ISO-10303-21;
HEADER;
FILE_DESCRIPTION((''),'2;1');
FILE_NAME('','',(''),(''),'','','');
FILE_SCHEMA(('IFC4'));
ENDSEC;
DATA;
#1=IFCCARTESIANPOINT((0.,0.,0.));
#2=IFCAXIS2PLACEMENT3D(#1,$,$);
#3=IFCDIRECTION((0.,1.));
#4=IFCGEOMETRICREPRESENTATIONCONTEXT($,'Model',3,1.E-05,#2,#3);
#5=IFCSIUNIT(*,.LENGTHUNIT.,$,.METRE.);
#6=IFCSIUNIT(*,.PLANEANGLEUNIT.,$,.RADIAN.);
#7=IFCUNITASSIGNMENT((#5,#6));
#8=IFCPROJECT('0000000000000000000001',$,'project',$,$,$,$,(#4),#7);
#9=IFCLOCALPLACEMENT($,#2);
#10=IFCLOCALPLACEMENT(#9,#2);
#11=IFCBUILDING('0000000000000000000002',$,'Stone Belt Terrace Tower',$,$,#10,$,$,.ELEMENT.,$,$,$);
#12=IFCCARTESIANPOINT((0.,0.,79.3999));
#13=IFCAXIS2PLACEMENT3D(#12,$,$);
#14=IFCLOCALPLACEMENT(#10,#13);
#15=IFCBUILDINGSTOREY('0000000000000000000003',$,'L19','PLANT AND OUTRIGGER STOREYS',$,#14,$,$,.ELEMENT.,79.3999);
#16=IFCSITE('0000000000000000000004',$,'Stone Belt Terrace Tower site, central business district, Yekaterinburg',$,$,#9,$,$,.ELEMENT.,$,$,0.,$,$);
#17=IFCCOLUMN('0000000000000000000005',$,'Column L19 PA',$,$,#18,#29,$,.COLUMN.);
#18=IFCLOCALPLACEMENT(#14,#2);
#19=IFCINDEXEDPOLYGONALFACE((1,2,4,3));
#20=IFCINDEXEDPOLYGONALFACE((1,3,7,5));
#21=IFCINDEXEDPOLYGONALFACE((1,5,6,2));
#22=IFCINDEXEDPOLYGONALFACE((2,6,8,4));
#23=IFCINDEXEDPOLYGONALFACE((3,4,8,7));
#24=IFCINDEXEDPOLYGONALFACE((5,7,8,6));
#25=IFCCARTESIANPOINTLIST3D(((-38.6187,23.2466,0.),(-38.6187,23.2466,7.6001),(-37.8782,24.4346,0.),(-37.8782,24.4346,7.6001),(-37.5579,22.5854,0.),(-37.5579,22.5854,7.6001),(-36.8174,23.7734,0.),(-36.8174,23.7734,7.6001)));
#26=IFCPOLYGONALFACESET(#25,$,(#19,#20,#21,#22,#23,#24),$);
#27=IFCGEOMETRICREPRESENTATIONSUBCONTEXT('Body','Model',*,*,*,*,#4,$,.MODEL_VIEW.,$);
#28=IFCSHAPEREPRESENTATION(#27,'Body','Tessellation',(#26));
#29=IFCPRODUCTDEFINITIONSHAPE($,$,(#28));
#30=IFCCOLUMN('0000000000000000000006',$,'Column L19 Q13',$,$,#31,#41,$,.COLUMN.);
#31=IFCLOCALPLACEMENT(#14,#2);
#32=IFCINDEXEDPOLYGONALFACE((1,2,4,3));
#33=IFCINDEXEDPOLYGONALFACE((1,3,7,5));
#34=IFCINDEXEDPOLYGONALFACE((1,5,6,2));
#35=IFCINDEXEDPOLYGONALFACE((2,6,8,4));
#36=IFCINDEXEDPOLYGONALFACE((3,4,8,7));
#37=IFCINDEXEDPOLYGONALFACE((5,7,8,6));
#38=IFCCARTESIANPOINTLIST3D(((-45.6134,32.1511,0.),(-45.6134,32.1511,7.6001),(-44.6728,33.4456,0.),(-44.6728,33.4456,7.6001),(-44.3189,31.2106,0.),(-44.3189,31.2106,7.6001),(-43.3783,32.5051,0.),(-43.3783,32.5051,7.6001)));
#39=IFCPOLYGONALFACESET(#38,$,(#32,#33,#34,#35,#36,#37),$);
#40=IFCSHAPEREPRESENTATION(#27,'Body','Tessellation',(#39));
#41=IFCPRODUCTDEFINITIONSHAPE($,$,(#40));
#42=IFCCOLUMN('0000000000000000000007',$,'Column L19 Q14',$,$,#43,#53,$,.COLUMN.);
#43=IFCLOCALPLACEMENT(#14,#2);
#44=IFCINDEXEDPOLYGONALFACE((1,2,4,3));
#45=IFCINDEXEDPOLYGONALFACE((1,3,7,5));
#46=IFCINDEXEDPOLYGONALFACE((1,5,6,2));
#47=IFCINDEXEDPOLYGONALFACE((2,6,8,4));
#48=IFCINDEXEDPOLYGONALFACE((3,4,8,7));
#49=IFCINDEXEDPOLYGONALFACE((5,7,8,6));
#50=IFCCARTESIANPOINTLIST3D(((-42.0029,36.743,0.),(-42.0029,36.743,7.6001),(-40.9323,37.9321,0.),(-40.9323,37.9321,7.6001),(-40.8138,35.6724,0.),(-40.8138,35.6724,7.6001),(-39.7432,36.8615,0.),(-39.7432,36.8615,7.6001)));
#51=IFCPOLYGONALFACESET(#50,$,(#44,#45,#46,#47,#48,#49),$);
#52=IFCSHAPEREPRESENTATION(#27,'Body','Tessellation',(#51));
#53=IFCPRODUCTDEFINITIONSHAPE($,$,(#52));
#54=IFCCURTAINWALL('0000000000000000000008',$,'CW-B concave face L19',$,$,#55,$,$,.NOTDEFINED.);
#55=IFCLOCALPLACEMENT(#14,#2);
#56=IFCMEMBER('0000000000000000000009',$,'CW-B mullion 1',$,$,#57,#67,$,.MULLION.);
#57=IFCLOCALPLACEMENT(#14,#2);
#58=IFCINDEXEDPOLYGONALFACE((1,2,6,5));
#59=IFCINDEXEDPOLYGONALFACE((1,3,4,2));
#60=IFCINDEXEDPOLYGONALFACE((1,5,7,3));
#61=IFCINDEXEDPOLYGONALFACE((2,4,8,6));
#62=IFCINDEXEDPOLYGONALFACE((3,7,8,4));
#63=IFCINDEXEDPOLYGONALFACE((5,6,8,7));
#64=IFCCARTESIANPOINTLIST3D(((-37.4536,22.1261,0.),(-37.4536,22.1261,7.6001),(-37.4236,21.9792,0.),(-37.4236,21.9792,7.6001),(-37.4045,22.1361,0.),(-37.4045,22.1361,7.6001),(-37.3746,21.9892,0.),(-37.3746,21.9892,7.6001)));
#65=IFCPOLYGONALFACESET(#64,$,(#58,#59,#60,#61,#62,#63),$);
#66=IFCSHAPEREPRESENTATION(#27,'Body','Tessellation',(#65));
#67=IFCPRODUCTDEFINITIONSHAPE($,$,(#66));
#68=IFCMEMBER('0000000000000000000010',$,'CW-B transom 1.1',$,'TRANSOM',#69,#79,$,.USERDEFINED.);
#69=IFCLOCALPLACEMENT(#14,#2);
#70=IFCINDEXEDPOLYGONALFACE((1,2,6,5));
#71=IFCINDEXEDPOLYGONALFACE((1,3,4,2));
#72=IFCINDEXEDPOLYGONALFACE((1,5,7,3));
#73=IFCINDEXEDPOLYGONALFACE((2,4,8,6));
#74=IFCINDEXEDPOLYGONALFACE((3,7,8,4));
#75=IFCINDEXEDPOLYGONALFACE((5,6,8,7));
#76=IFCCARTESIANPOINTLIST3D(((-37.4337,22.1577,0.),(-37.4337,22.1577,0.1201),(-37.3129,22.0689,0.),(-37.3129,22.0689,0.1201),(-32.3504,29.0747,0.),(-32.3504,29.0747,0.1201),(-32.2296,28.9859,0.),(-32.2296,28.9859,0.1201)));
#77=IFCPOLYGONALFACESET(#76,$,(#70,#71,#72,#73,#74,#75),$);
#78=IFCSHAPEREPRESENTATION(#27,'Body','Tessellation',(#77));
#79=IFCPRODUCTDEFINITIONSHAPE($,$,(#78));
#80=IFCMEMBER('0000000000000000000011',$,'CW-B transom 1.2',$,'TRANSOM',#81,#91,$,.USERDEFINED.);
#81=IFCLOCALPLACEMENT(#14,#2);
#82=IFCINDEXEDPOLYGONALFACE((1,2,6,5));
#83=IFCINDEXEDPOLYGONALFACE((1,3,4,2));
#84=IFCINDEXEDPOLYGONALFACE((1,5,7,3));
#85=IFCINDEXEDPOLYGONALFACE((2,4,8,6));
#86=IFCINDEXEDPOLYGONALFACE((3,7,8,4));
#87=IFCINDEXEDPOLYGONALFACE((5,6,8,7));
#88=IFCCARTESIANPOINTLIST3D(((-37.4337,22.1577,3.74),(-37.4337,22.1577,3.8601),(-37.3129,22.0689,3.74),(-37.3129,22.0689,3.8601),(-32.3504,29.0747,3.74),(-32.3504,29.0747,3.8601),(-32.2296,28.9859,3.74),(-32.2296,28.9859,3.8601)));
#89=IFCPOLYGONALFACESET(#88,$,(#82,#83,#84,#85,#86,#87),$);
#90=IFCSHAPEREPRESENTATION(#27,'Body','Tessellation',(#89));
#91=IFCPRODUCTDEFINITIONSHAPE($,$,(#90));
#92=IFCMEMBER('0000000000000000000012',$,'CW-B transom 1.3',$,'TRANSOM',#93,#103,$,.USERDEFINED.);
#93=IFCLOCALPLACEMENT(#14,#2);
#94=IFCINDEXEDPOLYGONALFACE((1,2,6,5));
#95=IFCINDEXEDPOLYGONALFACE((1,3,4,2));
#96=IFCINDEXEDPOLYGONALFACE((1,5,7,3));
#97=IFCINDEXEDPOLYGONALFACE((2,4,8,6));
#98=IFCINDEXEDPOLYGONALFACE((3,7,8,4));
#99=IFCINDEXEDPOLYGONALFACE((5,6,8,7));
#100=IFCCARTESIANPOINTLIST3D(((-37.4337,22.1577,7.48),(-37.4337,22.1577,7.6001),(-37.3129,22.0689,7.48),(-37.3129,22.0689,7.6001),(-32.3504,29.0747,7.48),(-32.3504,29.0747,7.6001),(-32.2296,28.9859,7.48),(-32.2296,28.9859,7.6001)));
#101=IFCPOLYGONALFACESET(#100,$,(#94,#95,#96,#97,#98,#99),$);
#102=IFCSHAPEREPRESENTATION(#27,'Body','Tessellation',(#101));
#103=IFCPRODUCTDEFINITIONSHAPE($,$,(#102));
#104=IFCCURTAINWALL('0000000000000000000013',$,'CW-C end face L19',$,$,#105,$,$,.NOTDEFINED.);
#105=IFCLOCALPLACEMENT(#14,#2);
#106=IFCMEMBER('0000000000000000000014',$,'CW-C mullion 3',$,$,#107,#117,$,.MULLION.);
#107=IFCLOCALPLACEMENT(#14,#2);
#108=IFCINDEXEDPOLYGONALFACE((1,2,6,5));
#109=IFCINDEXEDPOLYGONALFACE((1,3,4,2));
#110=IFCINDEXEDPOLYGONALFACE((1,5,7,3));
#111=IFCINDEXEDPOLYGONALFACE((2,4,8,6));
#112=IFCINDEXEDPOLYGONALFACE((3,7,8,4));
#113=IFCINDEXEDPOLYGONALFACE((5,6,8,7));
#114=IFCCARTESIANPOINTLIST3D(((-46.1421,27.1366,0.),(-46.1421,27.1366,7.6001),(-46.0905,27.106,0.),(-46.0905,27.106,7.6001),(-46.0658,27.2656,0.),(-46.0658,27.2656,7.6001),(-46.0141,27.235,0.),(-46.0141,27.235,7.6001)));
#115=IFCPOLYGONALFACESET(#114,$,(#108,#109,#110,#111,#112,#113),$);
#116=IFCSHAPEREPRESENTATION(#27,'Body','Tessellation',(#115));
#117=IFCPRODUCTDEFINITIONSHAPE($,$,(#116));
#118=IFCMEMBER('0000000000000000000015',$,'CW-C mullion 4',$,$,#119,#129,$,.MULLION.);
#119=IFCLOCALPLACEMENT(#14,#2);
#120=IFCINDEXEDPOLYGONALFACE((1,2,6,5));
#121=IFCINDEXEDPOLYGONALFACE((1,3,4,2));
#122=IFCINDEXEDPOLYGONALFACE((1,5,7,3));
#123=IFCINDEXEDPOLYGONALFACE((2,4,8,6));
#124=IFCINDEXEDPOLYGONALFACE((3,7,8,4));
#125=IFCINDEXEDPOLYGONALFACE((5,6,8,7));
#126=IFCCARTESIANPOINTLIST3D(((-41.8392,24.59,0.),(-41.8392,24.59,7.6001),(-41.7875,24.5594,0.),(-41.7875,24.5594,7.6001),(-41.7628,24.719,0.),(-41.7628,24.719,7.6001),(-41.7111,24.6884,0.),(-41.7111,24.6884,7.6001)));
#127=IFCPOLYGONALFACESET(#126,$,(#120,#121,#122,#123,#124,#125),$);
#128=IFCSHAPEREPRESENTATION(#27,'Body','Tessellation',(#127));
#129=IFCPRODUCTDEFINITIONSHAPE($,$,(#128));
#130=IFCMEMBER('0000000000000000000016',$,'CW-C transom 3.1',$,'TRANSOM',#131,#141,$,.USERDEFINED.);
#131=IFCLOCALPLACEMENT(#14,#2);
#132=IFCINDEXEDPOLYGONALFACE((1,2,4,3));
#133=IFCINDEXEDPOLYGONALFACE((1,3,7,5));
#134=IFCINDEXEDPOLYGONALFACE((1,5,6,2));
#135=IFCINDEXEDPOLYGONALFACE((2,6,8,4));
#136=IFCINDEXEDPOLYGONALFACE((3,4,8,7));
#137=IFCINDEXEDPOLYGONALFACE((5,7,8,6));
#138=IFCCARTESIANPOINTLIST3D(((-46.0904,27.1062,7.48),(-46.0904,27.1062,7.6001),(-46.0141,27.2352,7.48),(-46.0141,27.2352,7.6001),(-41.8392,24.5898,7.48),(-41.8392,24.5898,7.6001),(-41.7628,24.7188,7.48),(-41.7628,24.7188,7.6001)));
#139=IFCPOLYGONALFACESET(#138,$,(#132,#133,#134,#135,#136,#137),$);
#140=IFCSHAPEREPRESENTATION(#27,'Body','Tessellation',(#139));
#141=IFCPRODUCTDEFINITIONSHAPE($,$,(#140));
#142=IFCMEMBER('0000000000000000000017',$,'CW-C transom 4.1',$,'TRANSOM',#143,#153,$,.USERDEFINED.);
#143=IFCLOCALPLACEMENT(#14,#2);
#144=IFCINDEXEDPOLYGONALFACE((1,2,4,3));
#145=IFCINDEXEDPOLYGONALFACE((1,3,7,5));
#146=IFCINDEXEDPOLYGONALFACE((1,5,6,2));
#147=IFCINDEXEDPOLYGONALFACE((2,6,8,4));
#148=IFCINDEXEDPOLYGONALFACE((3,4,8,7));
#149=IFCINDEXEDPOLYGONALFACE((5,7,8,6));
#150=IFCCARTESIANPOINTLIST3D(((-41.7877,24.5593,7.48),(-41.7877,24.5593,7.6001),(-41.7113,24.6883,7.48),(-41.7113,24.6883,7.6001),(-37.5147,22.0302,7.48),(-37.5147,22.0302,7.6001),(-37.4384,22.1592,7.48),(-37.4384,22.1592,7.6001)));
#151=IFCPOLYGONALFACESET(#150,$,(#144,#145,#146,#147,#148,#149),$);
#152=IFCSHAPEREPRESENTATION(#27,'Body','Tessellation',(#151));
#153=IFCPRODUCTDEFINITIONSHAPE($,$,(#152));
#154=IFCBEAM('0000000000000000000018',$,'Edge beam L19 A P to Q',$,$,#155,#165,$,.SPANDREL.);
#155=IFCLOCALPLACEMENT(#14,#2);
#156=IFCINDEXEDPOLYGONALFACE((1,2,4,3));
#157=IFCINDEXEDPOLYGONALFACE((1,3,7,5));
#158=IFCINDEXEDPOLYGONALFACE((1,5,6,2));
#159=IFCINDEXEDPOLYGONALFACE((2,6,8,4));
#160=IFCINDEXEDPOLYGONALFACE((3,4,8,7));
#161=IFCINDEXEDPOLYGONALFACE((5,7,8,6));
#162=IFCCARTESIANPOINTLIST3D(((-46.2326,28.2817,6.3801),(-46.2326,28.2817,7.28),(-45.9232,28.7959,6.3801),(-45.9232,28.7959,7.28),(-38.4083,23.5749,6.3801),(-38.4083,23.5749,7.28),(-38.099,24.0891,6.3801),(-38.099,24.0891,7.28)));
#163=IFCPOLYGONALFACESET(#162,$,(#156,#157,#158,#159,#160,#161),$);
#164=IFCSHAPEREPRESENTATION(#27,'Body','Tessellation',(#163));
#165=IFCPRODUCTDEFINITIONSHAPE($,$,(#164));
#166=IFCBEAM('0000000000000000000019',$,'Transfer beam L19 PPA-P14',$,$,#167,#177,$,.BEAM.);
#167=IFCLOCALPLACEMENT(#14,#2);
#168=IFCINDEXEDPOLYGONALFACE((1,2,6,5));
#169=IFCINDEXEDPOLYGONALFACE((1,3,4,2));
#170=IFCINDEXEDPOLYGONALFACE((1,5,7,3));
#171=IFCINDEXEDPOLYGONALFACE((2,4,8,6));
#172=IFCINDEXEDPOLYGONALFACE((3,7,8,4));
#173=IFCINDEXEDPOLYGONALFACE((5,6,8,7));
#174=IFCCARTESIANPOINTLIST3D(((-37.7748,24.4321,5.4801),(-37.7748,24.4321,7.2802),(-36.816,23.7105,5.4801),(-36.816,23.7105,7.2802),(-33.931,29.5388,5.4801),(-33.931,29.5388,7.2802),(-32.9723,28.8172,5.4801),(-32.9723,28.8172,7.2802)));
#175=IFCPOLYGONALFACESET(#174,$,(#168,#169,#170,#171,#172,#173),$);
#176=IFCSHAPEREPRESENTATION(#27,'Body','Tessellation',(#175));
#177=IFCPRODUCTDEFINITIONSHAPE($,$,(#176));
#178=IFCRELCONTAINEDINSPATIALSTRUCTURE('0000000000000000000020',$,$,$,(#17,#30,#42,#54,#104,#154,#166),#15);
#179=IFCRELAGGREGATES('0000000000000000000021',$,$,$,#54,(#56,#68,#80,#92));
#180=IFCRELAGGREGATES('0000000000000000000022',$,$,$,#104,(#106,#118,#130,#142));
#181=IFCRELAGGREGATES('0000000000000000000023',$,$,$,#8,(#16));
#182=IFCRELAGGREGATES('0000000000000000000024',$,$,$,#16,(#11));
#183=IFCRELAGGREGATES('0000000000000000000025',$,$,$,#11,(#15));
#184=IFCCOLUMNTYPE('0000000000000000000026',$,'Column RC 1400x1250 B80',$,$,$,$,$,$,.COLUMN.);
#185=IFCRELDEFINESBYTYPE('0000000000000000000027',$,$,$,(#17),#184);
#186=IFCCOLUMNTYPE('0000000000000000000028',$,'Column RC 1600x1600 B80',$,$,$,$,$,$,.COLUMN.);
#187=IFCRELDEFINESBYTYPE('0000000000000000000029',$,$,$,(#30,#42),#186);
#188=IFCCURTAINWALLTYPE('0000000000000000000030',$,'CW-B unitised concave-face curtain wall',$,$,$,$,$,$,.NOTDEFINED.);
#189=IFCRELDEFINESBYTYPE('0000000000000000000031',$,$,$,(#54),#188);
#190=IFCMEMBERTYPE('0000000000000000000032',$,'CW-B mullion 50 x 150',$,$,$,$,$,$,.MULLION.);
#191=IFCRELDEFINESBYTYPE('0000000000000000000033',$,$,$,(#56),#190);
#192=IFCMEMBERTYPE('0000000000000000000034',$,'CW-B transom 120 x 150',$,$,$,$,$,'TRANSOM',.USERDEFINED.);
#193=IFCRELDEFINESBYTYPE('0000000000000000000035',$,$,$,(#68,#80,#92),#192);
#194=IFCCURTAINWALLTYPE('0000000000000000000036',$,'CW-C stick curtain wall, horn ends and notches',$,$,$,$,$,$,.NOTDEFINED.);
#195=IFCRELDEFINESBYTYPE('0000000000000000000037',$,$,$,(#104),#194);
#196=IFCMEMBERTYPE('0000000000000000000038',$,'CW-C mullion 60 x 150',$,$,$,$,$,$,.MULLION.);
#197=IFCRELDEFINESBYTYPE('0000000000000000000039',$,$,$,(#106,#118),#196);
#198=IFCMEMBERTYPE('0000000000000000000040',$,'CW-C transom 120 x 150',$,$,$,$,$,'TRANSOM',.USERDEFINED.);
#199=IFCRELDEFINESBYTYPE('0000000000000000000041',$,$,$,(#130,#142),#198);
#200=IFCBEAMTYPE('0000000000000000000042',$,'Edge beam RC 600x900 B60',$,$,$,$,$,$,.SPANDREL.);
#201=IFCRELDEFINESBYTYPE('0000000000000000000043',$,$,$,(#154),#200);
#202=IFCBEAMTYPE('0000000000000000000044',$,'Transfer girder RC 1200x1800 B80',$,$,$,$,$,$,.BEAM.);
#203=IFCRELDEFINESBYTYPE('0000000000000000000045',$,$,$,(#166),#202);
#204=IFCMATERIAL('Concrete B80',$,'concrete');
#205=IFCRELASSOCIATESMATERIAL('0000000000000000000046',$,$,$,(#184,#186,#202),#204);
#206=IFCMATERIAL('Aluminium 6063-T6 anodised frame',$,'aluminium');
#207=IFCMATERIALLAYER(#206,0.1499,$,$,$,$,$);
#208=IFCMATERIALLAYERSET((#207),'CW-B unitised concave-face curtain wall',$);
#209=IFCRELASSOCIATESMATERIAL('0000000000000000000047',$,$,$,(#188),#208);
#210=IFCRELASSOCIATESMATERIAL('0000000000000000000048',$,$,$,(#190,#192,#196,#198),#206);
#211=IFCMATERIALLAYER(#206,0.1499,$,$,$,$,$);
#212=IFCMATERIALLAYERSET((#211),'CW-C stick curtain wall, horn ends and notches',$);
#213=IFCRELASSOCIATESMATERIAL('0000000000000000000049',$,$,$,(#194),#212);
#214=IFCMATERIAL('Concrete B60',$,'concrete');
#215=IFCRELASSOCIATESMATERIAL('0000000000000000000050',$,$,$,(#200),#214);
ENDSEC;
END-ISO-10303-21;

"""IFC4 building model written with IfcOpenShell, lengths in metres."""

from ifc_helpers import new_model, si_unit, direction, frame, origin, origin_2d, place, context, subcontext, project, spatial, rectangle, extrude, material, layer, layer_set, material_profile, profile_set, type_object, element, aggregate, save


model = new_model("IFC4")

# Units and contexts
model_context = context("Model", 3, precision=1e-05, world=origin(), true_north=direction((0.0, 1.0)))
body_context = subcontext(model_context, "Body", "Model", "MODEL_VIEW")
ifc_project = project(units=[si_unit("LENGTHUNIT", "METRE"), si_unit("PLANEANGLEUNIT", "RADIAN")], contexts=[model_context])

# Site, building, storey
site_placement = place(None, origin())
site = spatial("IfcSite", under=ifc_project, at=site_placement, Name="Stone Belt Terrace Tower site, central business district, Yekaterinburg", CompositionType="ELEMENT", RefElevation=0.0)
building_placement = place(site_placement, origin())
building = spatial("IfcBuilding", under=site, at=building_placement, Name="Stone Belt Terrace Tower", CompositionType="ELEMENT")
storey_placement = place(building_placement, frame((0.0, 0.0, 79.3999)))
storey = spatial("IfcBuildingStorey", under=building, at=storey_placement, Name="L19", Description="PLANT AND OUTRIGGER STOREYS", CompositionType="ELEMENT", Elevation=79.3999)

# Columns
ifc_material_1 = material(Name="Concrete B80", Category="concrete")
ifc_material_profile_1 = material_profile(ifc_material_1, rectangle(XDim=1.3999, YDim=1.25, at=origin_2d()), Name="RC 1400x1250")
ifc_profile_set_1 = profile_set([ifc_material_profile_1], Name="Concrete B80")
column_type_1 = type_object("IfcColumnType", Name="Column RC 1400x1250 B80", PredefinedType="COLUMN", material=ifc_profile_set_1)
column_placement = place(storey_placement, frame((-37.718, 23.51, 0.0), z_axis=(0.0, 0.0, 1.0), x_axis=(0.528967, 0.848642, 0.0)))
element("IfcColumn", 1, at=column_placement, inside=storey, type_object=column_type_1, Name="Column L19 PA", PredefinedType="COLUMN", context=body_context, shape_type="SweptSolid", body=[
    extrude(rectangle(XDim=1.3999, YDim=1.25, at=origin_2d()), origin(), (0.0, 0.0, 1.0), 7.6001),
])
ifc_material_profile_2 = material_profile(ifc_material_1, rectangle(XDim=1.6001, YDim=1.6001, at=origin_2d()), Name="RC 1600x1600")
ifc_profile_set_2 = profile_set([ifc_material_profile_2], Name="Concrete B80")
column_type_2 = type_object("IfcColumnType", Name="Column RC 1600x1600 B80", PredefinedType="COLUMN", material=ifc_profile_set_2)
for number, where, z_axis, x_axis, name in (
    (2, (-44.4958, 32.3281, 0.0), (0.0, 0.0, 1.0), (0.587785, 0.809017, 0.0), "Column L19 Q13"),
    (3, (-40.873, 36.8022, 0.0), (0.0, 0.0, 1.0), (0.669131, 0.743145, 0.0), "Column L19 Q14"),
):
    element("IfcColumn", number, at=place(storey_placement, frame(where, z_axis=z_axis, x_axis=x_axis)), inside=storey, type_object=column_type_2, Name=name, PredefinedType="COLUMN", context=body_context, shape_type="SweptSolid", body=[
        extrude(rectangle(XDim=1.6001, YDim=1.6001, at=origin_2d()), origin(), (0.0, 0.0, 1.0), 7.6001),
    ])

# Curtain walls, members
ifc_material_2 = material(Name="Aluminium 6063-T6 anodised frame", Category="aluminium")
ifc_layer_1 = layer(ifc_material_2, 0.1499)
ifc_layer_set_1 = layer_set([ifc_layer_1], Name="CW-B unitised concave-face curtain wall")
curtain_wall_type_1 = type_object("IfcCurtainWallType", Name="CW-B unitised concave-face curtain wall", PredefinedType="NOTDEFINED", material=ifc_layer_set_1)
curtain_wall_1_placement = place(storey_placement, origin())
curtain_wall_1 = element("IfcCurtainWall", 4, at=curtain_wall_1_placement, inside=storey, type_object=curtain_wall_type_1, Name="CW-B concave face L19", PredefinedType="NOTDEFINED")
ifc_material_profile_3 = material_profile(ifc_material_2, rectangle(XDim=0.1499, YDim=0.05, at=origin_2d()), Name="Aluminium 6063-T6 50x150")
ifc_profile_set_3 = profile_set([ifc_material_profile_3], Name="Aluminium 6063-T6 anodised frame")
member_type_1 = type_object("IfcMemberType", Name="CW-B mullion 50 x 150", PredefinedType="MULLION", material=ifc_profile_set_3)
member_1_placement = place(storey_placement, frame((-37.4141, 22.0576, 0.0), z_axis=(0.0, 0.0, 1.0), x_axis=(-0.199957, 0.979805, 0.0)))
member_1 = element("IfcMember", 5, at=member_1_placement, type_object=member_type_1, Name="CW-B mullion 1", PredefinedType="MULLION", context=body_context, shape_type="SweptSolid", body=[
    extrude(rectangle(XDim=0.1499, YDim=0.05, at=origin_2d()), origin(), (0.0, 0.0, 1.0), 7.6001),
])
ifc_material_profile_4 = material_profile(ifc_material_2, rectangle(XDim=0.1499, YDim=0.1201, at=origin_2d()), Name="Aluminium 6063-T6 150x120")
ifc_profile_set_4 = profile_set([ifc_material_profile_4], Name="Aluminium 6063-T6 anodised frame")
member_type_2 = type_object("IfcMemberType", Name="CW-B transom 120 x 150", ElementType="TRANSOM", PredefinedType="USERDEFINED", material=ifc_profile_set_4)
member_2_placement = place(storey_placement, frame((-37.3733, 22.1133, 0.0601), z_axis=(0.592181, 0.805805, 0.0), x_axis=(-0.805805, 0.592181, 0.0)))
member_2 = element("IfcMember", 6, at=member_2_placement, type_object=member_type_2, Name="CW-B transom 1.1", ObjectType="TRANSOM", PredefinedType="USERDEFINED", context=body_context, shape_type="SweptSolid", body=[
    extrude(rectangle(XDim=0.1499, YDim=0.1201, at=origin_2d()), origin(), (0.0, 0.0, 1.0), 8.584),
])
member_3_placement = place(storey_placement, frame((-37.3733, 22.1133, 3.8), z_axis=(0.592181, 0.805805, 0.0), x_axis=(-0.805805, 0.592181, 0.0)))
member_3 = element("IfcMember", 7, at=member_3_placement, type_object=member_type_2, Name="CW-B transom 1.2", ObjectType="TRANSOM", PredefinedType="USERDEFINED", context=body_context, shape_type="SweptSolid", body=[
    extrude(rectangle(XDim=0.1499, YDim=0.1201, at=origin_2d()), origin(), (0.0, 0.0, 1.0), 8.584),
])
member_4_placement = place(storey_placement, frame((-37.3733, 22.1133, 7.54), z_axis=(0.592181, 0.805805, 0.0), x_axis=(-0.805805, 0.592181, 0.0)))
member_4 = element("IfcMember", 8, at=member_4_placement, type_object=member_type_2, Name="CW-B transom 1.3", ObjectType="TRANSOM", PredefinedType="USERDEFINED", context=body_context, shape_type="SweptSolid", body=[
    extrude(rectangle(XDim=0.1499, YDim=0.1201, at=origin_2d()), origin(), (0.0, 0.0, 1.0), 8.584),
])
aggregate(curtain_wall_1, [member_1, member_2, member_3, member_4])
ifc_layer_2 = layer(ifc_material_2, 0.1499)
ifc_layer_set_2 = layer_set([ifc_layer_2], Name="CW-C stick curtain wall, horn ends and notches")
curtain_wall_type_2 = type_object("IfcCurtainWallType", Name="CW-C stick curtain wall, horn ends and notches", PredefinedType="NOTDEFINED", material=ifc_layer_set_2)
curtain_wall_2_placement = place(storey_placement, origin())
curtain_wall_2 = element("IfcCurtainWall", 9, at=curtain_wall_2_placement, inside=storey, type_object=curtain_wall_type_2, Name="CW-C end face L19", PredefinedType="NOTDEFINED")
ifc_material_profile_5 = material_profile(ifc_material_2, rectangle(XDim=0.1499, YDim=0.0601, at=origin_2d()), Name="Aluminium 6063-T6 60x150")
ifc_profile_set_5 = profile_set([ifc_material_profile_5], Name="Aluminium 6063-T6 anodised frame")
member_type_3 = type_object("IfcMemberType", Name="CW-C mullion 60 x 150", PredefinedType="MULLION", material=ifc_profile_set_5)
member_5_placement = place(storey_placement, frame((-46.0781, 27.1858, 0.0), z_axis=(0.0, 0.0, 1.0), x_axis=(0.509353, 0.860558, 0.0)))
member_5 = element("IfcMember", 10, at=member_5_placement, type_object=member_type_3, Name="CW-C mullion 3", PredefinedType="MULLION", context=body_context, shape_type="SweptSolid", body=[
    extrude(rectangle(XDim=0.1499, YDim=0.0601, at=origin_2d()), origin(), (0.0, 0.0, 1.0), 7.6001),
])
member_6_placement = place(storey_placement, frame((-41.7751, 24.6392, 0.0), z_axis=(0.0, 0.0, 1.0), x_axis=(0.509353, 0.860558, 0.0)))
member_6 = element("IfcMember", 11, at=member_6_placement, type_object=member_type_3, Name="CW-C mullion 4", PredefinedType="MULLION", context=body_context, shape_type="SweptSolid", body=[
    extrude(rectangle(XDim=0.1499, YDim=0.0601, at=origin_2d()), origin(), (0.0, 0.0, 1.0), 7.6001),
])
ifc_material_profile_6 = material_profile(ifc_material_2, rectangle(XDim=0.1499, YDim=0.1201, at=origin_2d()), Name="Aluminium 6063-T6 150x120")
ifc_profile_set_6 = profile_set([ifc_material_profile_6], Name="Aluminium 6063-T6 anodised frame")
member_type_4 = type_object("IfcMemberType", Name="CW-C transom 120 x 150", ElementType="TRANSOM", PredefinedType="USERDEFINED", material=ifc_profile_set_6)
member_7_placement = place(storey_placement, frame((-46.0522, 27.1707, 7.54), z_axis=(0.860548, -0.50937, 0.0), x_axis=(0.50937, 0.860548, 0.0)))
member_7 = element("IfcMember", 12, at=member_7_placement, type_object=member_type_4, Name="CW-C transom 3.1", ObjectType="TRANSOM", PredefinedType="USERDEFINED", context=body_context, shape_type="SweptSolid", body=[
    extrude(rectangle(XDim=0.1499, YDim=0.1201, at=origin_2d()), origin(), (0.0, 0.0, 1.0), 4.9402),
])
member_8_placement = place(storey_placement, frame((-41.7495, 24.6238, 7.54), z_axis=(0.860562, -0.509345, 0.0), x_axis=(0.509345, 0.860562, 0.0)))
member_8 = element("IfcMember", 13, at=member_8_placement, type_object=member_type_4, Name="CW-C transom 4.1", ObjectType="TRANSOM", PredefinedType="USERDEFINED", context=body_context, shape_type="SweptSolid", body=[
    extrude(rectangle(XDim=0.1499, YDim=0.1201, at=origin_2d()), origin(), (0.0, 0.0, 1.0), 4.9653),
])

# Beams
ifc_material_3 = material(Name="Concrete B60", Category="concrete")
ifc_material_profile_7 = material_profile(ifc_material_3, rectangle(XDim=0.6001, YDim=0.8999, at=origin_2d()), Name="RC 600x900")
ifc_profile_set_7 = profile_set([ifc_material_profile_7], Name="Concrete B60")
beam_type_1 = type_object("IfcBeamType", Name="Edge beam RC 600x900 B60", PredefinedType="SPANDREL", material=ifc_profile_set_7)
beam_1_placement = place(storey_placement, frame((-38.2537, 23.832, 6.8301), z_axis=(-0.8569, 0.515482, 0.0), x_axis=(-0.515482, -0.8569, 0.0)))
element("IfcBeam", 14, at=beam_1_placement, inside=storey, type_object=beam_type_1, Name="Edge beam L19 A P to Q", PredefinedType="SPANDREL", context=body_context, shape_type="SweptSolid", body=[
    extrude(rectangle(XDim=0.6001, YDim=0.8999, at=origin_2d()), origin(), (0.0, 0.0, 1.0), 9.1309),
])
ifc_material_profile_8 = material_profile(ifc_material_1, rectangle(XDim=1.2, YDim=1.8, at=origin_2d()), Name="RC 1200x1800")
ifc_profile_set_8 = profile_set([ifc_material_profile_8], Name="Concrete B80")
beam_type_2 = type_object("IfcBeamType", Name="Transfer girder RC 1200x1800 B80", PredefinedType="BEAM", material=ifc_profile_set_8)
beam_2_placement = place(storey_placement, frame((-37.2954, 24.0713, 6.3801), z_axis=(0.601374, 0.798967, 0.0), x_axis=(-0.798967, 0.601374, 0.0)))
element("IfcBeam", 15, at=beam_2_placement, inside=storey, type_object=beam_type_2, Name="Transfer beam L19 PPA-P14", PredefinedType="BEAM", context=body_context, shape_type="SweptSolid", body=[
    extrude(rectangle(XDim=1.2, YDim=1.8, at=origin_2d()), origin(), (0.0, 0.0, 1.0), 6.3916),
])

aggregate(curtain_wall_2, [member_5, member_6, member_7, member_8])

save(model, "model.ifc")
